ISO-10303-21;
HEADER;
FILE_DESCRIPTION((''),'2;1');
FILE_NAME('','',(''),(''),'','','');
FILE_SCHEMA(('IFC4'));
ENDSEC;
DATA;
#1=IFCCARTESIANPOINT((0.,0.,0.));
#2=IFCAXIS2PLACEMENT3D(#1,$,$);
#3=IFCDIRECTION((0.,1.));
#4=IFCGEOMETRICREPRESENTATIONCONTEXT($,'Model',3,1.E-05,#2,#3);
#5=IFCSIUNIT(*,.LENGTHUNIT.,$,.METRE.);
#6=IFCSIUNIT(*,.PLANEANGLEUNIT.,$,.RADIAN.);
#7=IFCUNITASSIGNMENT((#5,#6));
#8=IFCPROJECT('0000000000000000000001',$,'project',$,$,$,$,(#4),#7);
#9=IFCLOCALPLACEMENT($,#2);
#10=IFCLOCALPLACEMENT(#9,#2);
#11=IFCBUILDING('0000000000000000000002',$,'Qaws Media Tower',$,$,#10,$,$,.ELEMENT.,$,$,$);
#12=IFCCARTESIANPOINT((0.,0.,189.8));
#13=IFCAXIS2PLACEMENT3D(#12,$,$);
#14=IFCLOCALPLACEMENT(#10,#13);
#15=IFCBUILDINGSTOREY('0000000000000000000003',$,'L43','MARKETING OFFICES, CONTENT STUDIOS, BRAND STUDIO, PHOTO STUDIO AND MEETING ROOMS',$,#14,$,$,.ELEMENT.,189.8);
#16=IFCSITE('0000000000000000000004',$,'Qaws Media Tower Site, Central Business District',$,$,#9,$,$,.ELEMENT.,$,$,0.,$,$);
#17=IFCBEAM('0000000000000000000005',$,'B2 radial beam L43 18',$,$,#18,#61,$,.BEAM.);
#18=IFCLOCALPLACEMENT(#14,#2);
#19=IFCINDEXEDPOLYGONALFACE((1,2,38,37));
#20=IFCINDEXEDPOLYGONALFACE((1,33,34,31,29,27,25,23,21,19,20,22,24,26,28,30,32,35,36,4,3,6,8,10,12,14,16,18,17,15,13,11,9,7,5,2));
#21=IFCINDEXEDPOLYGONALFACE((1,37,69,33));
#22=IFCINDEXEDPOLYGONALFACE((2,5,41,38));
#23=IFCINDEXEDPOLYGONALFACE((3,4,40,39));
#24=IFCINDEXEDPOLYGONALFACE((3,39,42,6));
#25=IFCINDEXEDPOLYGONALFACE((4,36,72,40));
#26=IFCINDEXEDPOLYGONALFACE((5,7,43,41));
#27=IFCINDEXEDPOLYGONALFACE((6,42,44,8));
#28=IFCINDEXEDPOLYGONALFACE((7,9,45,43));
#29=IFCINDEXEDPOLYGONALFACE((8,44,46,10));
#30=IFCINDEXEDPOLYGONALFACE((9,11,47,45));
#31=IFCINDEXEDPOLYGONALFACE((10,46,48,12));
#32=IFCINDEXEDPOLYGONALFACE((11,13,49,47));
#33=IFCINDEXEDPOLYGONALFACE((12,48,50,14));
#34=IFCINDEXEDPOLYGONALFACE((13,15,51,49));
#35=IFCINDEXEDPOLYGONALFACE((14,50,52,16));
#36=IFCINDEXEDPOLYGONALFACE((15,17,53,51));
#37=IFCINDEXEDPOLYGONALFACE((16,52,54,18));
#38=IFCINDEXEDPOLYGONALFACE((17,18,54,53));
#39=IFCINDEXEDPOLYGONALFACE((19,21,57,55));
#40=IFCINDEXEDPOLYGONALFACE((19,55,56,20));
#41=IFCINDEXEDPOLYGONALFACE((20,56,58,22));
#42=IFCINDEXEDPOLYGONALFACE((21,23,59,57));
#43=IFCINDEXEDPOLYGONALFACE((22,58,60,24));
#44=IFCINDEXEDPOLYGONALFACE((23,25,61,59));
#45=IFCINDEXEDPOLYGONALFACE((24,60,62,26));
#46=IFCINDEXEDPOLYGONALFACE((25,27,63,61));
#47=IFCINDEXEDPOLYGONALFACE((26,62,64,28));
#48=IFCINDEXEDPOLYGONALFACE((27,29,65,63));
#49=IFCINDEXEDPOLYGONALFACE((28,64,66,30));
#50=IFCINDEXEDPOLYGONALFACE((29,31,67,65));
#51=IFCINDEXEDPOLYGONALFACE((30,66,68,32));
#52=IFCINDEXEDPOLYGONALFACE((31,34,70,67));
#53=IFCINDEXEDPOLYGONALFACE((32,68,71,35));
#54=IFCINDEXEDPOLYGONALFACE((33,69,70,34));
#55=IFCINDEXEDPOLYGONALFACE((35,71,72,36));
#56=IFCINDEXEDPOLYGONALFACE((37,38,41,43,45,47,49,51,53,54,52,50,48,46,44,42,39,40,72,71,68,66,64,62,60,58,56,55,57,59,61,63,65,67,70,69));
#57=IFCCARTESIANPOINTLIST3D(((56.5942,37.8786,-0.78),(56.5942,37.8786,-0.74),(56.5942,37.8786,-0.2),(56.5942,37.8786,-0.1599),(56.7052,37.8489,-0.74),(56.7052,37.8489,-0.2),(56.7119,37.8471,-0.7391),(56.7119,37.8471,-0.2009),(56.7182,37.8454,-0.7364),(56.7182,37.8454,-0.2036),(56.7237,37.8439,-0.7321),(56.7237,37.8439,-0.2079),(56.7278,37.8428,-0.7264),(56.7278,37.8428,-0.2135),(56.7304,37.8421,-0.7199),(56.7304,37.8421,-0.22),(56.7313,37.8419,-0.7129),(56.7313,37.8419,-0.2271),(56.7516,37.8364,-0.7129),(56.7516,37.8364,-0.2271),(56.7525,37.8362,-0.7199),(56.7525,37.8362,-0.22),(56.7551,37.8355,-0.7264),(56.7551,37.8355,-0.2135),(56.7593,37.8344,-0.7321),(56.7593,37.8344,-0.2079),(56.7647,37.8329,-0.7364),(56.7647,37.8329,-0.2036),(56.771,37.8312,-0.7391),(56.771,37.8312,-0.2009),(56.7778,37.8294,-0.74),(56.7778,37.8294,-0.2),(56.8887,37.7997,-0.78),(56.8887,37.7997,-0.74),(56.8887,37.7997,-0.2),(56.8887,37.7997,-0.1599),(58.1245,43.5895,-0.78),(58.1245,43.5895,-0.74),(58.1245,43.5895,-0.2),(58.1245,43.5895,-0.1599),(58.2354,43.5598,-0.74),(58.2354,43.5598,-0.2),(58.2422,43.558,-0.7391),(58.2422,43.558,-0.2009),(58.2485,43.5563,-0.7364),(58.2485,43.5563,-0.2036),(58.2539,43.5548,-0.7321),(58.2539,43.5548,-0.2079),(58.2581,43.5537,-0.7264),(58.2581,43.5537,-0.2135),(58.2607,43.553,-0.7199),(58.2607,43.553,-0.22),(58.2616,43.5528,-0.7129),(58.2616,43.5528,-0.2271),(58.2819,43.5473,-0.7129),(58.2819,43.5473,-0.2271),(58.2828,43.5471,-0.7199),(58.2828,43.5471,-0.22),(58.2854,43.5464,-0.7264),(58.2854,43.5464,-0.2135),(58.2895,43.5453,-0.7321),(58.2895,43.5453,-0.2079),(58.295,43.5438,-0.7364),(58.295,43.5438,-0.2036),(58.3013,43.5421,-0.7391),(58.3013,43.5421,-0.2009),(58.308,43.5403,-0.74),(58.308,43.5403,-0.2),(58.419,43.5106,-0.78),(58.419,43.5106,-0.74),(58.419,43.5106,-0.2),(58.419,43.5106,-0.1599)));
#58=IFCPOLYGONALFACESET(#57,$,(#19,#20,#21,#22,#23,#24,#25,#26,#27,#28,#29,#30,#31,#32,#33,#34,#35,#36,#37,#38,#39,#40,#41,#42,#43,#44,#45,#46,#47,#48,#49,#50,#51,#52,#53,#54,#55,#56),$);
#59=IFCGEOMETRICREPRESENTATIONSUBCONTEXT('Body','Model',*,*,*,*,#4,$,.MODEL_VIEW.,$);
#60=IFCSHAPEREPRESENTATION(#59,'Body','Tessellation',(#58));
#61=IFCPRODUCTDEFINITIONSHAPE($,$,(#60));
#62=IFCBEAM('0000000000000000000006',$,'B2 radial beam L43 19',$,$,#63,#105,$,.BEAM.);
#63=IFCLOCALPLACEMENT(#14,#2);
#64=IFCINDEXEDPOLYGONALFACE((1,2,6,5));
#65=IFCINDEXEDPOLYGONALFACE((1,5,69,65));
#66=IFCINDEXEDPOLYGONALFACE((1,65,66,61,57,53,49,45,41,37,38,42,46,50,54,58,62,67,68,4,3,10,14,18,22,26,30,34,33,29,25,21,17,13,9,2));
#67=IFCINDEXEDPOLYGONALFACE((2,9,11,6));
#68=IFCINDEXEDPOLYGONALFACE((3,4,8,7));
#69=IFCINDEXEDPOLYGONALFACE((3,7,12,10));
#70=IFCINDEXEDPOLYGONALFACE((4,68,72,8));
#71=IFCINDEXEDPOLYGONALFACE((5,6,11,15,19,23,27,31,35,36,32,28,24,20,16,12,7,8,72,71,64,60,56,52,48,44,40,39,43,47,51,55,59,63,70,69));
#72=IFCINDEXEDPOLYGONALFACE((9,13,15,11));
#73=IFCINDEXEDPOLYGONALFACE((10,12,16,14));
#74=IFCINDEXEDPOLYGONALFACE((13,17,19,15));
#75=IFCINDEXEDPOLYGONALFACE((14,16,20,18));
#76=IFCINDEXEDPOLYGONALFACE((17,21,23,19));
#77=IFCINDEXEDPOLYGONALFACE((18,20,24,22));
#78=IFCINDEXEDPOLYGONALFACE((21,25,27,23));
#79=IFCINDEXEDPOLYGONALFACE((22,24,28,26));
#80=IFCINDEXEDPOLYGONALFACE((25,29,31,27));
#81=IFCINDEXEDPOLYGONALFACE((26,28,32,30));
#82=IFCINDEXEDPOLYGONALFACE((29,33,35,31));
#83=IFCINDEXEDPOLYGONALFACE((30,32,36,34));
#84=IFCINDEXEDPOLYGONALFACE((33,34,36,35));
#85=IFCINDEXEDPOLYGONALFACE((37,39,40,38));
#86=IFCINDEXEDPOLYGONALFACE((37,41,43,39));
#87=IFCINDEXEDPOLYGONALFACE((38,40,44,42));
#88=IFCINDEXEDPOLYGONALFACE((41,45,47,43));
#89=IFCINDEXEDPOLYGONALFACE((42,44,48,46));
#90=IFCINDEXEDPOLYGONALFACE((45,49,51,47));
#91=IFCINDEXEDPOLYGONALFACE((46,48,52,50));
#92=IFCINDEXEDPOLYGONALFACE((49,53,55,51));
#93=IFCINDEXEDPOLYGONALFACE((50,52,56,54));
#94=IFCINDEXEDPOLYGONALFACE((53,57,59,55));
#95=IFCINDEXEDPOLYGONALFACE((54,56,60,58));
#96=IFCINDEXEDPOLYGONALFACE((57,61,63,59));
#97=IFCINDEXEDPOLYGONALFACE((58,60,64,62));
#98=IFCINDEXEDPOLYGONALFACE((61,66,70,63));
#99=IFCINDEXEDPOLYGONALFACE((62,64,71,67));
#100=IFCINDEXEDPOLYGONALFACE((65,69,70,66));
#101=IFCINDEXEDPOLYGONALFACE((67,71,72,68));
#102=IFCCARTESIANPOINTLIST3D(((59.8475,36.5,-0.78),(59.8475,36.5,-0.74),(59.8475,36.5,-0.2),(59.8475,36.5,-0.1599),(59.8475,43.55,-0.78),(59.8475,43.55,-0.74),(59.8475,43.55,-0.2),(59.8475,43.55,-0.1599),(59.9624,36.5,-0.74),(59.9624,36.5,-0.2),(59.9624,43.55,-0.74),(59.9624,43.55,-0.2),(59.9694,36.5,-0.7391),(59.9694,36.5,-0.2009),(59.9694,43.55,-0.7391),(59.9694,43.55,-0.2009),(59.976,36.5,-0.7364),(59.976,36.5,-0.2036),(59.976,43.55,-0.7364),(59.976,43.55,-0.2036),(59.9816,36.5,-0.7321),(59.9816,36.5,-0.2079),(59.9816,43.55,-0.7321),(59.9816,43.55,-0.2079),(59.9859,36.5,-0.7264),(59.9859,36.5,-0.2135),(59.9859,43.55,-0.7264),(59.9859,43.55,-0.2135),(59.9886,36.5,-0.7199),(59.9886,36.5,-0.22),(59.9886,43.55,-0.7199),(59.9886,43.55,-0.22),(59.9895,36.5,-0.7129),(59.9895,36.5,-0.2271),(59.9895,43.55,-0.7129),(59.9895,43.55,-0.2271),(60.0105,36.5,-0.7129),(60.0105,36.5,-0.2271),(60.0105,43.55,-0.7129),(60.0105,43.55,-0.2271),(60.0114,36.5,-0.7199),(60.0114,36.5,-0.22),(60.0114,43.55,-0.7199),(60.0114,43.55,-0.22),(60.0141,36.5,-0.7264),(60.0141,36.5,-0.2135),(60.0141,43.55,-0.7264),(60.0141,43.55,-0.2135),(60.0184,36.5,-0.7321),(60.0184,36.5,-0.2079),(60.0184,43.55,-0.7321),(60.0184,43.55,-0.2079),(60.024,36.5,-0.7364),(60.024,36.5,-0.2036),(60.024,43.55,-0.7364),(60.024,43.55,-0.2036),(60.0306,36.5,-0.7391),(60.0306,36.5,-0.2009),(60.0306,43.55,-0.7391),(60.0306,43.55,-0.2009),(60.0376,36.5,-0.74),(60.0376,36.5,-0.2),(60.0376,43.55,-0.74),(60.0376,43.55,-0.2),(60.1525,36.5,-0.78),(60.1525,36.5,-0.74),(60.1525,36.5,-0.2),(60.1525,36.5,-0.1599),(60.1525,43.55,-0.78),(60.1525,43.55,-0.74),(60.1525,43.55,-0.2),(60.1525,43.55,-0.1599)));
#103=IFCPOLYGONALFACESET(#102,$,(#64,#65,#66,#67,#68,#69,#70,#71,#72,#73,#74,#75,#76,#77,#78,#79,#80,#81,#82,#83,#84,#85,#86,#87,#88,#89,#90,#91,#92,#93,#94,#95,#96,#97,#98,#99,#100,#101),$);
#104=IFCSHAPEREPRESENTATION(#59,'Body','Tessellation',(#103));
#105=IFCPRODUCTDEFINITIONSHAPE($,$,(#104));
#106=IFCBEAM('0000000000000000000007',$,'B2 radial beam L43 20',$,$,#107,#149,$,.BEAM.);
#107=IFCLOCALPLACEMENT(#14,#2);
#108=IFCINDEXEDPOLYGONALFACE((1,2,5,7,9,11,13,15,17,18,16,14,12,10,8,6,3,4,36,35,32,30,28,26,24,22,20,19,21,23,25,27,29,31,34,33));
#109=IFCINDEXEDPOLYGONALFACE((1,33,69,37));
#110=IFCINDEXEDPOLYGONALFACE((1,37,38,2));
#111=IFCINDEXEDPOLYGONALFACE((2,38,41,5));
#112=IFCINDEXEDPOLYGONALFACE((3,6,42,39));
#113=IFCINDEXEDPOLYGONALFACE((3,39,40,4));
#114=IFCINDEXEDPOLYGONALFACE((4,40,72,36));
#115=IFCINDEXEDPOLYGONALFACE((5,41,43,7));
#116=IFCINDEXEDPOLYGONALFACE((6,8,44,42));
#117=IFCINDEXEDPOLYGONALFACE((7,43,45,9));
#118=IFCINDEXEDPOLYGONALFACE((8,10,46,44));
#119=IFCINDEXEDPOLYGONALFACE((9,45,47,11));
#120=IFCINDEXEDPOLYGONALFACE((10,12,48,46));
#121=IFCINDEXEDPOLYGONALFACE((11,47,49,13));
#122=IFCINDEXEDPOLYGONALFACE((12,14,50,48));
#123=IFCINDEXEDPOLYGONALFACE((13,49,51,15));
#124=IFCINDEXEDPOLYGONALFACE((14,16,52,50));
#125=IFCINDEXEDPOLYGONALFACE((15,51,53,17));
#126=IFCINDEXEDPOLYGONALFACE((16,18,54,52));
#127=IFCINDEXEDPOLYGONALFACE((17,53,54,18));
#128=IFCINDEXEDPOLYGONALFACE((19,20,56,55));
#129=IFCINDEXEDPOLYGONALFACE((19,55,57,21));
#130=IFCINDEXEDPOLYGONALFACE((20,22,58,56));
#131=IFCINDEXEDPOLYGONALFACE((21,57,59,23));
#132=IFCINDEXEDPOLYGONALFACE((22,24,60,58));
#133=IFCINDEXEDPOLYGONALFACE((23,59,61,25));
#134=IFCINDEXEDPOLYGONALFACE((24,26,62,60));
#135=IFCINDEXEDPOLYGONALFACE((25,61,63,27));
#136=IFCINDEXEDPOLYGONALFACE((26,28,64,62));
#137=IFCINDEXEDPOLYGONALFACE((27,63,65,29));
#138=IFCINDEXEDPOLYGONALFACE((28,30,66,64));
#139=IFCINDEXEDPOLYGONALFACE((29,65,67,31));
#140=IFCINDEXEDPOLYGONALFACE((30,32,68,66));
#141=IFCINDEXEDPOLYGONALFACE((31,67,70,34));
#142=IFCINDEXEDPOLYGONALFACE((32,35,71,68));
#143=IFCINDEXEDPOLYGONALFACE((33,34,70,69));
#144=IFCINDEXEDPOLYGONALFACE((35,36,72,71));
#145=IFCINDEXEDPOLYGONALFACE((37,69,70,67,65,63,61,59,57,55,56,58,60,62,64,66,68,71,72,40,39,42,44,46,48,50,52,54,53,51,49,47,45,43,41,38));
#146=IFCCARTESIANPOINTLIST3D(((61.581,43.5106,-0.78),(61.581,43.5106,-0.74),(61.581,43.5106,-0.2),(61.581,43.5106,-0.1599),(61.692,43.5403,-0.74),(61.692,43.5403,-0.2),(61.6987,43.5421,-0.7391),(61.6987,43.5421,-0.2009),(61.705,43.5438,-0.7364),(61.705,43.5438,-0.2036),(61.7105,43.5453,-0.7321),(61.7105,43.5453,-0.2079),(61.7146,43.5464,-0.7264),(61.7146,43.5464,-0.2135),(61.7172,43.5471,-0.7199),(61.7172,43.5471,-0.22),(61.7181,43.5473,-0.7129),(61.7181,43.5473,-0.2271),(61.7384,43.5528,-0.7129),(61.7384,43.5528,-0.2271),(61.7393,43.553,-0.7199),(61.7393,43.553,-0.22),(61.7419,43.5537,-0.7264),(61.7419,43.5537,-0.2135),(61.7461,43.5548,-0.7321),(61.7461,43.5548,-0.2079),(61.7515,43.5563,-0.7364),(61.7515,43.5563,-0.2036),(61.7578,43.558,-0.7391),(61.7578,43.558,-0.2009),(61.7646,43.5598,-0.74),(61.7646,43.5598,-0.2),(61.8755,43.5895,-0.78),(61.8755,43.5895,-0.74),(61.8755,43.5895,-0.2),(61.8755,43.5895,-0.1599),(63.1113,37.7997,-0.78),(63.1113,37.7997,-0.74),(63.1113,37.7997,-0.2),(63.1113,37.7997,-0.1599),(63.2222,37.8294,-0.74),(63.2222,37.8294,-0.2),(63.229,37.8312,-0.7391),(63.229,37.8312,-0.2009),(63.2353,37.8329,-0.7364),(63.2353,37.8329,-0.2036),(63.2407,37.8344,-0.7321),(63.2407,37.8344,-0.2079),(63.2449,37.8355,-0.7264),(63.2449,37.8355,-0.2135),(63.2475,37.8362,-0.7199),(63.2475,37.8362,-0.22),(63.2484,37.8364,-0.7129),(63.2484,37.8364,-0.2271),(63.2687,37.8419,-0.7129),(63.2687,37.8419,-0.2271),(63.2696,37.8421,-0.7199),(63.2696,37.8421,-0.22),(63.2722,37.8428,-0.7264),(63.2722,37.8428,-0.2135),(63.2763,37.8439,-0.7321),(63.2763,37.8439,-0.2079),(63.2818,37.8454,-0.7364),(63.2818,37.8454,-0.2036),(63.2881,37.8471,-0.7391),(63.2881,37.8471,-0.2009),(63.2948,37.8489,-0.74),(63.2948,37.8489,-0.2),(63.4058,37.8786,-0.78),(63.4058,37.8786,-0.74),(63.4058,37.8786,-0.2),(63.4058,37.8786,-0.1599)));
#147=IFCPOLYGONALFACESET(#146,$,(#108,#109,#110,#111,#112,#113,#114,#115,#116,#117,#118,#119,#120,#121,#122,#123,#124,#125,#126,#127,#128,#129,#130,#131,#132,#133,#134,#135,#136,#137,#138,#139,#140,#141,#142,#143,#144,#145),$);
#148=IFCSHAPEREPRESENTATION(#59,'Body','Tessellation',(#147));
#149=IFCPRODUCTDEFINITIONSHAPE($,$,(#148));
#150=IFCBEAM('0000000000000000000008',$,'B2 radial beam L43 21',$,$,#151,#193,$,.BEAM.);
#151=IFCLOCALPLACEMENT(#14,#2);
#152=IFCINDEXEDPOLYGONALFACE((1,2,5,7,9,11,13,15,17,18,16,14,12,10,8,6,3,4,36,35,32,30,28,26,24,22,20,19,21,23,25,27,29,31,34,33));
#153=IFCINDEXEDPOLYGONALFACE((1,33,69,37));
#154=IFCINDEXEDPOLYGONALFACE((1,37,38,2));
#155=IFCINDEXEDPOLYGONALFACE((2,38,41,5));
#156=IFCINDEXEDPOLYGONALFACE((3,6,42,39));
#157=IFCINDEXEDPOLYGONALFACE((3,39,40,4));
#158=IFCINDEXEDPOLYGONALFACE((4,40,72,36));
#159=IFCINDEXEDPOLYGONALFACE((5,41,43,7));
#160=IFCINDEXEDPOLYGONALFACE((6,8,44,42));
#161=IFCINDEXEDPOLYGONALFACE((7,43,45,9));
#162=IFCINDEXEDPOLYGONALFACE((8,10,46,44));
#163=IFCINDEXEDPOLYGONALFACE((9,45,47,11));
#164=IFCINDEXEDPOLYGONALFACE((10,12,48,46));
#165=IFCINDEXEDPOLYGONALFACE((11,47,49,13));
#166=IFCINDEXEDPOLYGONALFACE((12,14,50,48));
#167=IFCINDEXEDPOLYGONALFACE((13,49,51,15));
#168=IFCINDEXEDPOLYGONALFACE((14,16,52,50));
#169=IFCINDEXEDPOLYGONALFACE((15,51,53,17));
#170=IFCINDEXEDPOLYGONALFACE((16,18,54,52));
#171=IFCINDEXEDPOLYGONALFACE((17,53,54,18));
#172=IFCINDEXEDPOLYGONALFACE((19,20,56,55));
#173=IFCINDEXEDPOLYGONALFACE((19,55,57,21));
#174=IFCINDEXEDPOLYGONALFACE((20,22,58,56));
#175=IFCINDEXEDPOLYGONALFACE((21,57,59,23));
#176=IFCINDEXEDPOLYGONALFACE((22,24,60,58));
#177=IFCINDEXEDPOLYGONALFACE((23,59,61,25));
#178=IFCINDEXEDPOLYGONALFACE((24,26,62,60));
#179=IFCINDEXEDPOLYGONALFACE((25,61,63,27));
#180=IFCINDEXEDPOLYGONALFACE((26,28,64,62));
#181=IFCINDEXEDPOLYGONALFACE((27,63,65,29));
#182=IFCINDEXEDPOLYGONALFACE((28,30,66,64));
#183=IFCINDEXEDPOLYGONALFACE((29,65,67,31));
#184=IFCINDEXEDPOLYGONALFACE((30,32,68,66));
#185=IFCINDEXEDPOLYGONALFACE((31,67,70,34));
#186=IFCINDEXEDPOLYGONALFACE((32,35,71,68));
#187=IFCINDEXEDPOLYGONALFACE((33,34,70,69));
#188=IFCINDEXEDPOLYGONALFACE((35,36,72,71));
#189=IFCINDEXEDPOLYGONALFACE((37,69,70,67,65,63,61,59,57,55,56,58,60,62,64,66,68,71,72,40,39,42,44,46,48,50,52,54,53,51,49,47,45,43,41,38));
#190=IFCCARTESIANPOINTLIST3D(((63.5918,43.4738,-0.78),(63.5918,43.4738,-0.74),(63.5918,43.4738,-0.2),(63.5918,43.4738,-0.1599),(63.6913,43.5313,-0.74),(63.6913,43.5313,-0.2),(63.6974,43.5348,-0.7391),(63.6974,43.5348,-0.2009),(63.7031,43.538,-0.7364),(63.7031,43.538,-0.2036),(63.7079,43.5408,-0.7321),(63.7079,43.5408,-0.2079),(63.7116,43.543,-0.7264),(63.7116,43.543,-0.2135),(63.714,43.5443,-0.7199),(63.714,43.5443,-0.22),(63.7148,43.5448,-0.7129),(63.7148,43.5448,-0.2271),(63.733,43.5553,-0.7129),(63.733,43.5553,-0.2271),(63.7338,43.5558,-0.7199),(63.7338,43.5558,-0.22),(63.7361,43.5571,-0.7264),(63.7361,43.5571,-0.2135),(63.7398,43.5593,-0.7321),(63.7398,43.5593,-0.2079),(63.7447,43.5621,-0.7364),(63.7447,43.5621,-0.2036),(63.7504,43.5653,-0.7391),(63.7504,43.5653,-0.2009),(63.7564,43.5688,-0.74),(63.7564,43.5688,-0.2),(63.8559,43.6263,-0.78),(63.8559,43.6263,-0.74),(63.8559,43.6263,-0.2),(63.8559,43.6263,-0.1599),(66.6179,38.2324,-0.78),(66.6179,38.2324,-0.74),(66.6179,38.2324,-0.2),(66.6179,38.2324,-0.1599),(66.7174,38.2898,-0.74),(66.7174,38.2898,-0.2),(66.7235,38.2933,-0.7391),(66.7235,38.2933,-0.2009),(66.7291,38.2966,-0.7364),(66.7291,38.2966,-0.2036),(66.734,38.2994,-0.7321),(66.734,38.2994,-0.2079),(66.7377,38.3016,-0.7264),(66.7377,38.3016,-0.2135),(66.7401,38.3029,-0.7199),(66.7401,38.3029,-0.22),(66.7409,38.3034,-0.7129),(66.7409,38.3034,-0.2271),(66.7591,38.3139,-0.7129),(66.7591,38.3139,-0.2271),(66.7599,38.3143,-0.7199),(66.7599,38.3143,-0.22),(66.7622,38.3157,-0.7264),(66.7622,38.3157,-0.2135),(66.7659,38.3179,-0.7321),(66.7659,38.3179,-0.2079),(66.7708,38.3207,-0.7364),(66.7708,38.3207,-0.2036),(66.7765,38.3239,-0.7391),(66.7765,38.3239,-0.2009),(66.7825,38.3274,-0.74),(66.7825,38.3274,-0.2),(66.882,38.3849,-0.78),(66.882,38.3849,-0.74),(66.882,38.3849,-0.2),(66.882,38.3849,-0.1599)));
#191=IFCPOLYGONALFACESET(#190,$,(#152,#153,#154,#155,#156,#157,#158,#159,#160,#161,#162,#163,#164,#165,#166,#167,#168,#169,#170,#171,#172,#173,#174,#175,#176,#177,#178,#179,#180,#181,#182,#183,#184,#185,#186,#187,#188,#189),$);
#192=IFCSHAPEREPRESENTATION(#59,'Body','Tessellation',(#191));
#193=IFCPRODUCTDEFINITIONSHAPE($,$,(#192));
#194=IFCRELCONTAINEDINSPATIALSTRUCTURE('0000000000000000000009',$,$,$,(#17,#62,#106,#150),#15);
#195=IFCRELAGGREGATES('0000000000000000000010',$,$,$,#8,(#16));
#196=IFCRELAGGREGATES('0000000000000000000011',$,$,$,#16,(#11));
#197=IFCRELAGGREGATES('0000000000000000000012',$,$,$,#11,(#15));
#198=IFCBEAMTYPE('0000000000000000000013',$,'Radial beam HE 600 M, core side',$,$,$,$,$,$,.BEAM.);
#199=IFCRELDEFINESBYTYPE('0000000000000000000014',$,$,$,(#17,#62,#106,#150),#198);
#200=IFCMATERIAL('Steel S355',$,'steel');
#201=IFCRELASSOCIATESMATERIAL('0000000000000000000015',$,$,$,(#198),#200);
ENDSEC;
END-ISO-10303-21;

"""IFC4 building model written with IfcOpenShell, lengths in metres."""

from ifc_helpers import new_model, si_unit, direction, frame, origin, origin_2d, place, context, subcontext, project, spatial, i_section, extrude, material, material_profile, profile_set, type_object, element, save


model = new_model("IFC4")

# Units and contexts
model_context = context("Model", 3, precision=1e-05, world=origin(), true_north=direction((0.0, 1.0)))
body_context = subcontext(model_context, "Body", "Model", "MODEL_VIEW")
ifc_project = project(units=[si_unit("LENGTHUNIT", "METRE"), si_unit("PLANEANGLEUNIT", "RADIAN")], contexts=[model_context])

# Site, building, storey
site_placement = place(None, origin())
site = spatial("IfcSite", under=ifc_project, at=site_placement, Name="Qaws Media Tower Site, Central Business District", CompositionType="ELEMENT", RefElevation=0.0)
building_placement = place(site_placement, origin())
building = spatial("IfcBuilding", under=site, at=building_placement, Name="Qaws Media Tower", CompositionType="ELEMENT")
storey_placement = place(building_placement, frame((0.0, 0.0, 189.8)))
storey = spatial("IfcBuildingStorey", under=building, at=storey_placement, Name="L43", Description="MARKETING OFFICES, CONTENT STUDIOS, BRAND STUDIO, PHOTO STUDIO AND MEETING ROOMS", CompositionType="ELEMENT", Elevation=189.8)

# Beams
ifc_material_1 = material(Name="Steel S355", Category="steel")
ifc_material_profile_1 = material_profile(ifc_material_1, i_section(OverallWidth=0.3049, OverallDepth=0.6201, WebThickness=0.021, FlangeThickness=0.04, FilletRadius=0.0271, at=origin_2d()), Name="HE 600 M")
ifc_profile_set_1 = profile_set([ifc_material_profile_1], Name="Steel S355")
beam_type_1 = type_object("IfcBeamType", Name="Radial beam HE 600 M, core side", PredefinedType="BEAM", material=ifc_profile_set_1)
beam_1_placement = place(storey_placement, frame((58.2717, 43.55, -0.47), z_axis=(-0.258824, -0.965924, 0.0), x_axis=(0.965924, -0.258824, 0.0)))
element("IfcBeam", 1, at=beam_1_placement, inside=storey, type_object=beam_type_1, Name="B2 radial beam L43 18", PredefinedType="BEAM", context=body_context, shape_type="SweptSolid", body=[
    extrude(i_section(OverallWidth=0.3049, OverallDepth=0.6201, WebThickness=0.021, FlangeThickness=0.04, FilletRadius=0.0271, at=origin_2d()), origin(), (0.0, 0.0, 1.0), 5.9124),
])
beam_2_placement = place(storey_placement, frame((60.0, 43.55, -0.47), z_axis=(0.0, -1.0, 0.0), x_axis=(1.0, 0.0, 0.0)))
element("IfcBeam", 2, at=beam_2_placement, inside=storey, type_object=beam_type_1, Name="B2 radial beam L43 19", PredefinedType="BEAM", context=body_context, shape_type="SweptSolid", body=[
    extrude(i_section(OverallWidth=0.3049, OverallDepth=0.6201, WebThickness=0.021, FlangeThickness=0.04, FilletRadius=0.0271, at=origin_2d()), origin(), (0.0, 0.0, 1.0), 7.05),
])
beam_3_placement = place(storey_placement, frame((61.7283, 43.55, -0.47), z_axis=(0.258824, -0.965924, 0.0), x_axis=(0.965924, 0.258824, 0.0)))
element("IfcBeam", 3, at=beam_3_placement, inside=storey, type_object=beam_type_1, Name="B2 radial beam L43 20", PredefinedType="BEAM", context=body_context, shape_type="SweptSolid", body=[
    extrude(i_section(OverallWidth=0.3049, OverallDepth=0.6201, WebThickness=0.021, FlangeThickness=0.04, FilletRadius=0.0271, at=origin_2d()), origin(), (0.0, 0.0, 1.0), 5.9124),
])
beam_4_placement = place(storey_placement, frame((63.7239, 43.55, -0.47), z_axis=(0.499996, -0.866028, 0.0), x_axis=(0.866028, 0.499996, 0.0)))
element("IfcBeam", 4, at=beam_4_placement, inside=storey, type_object=beam_type_1, Name="B2 radial beam L43 21", PredefinedType="BEAM", context=body_context, shape_type="SweptSolid", body=[
    extrude(i_section(OverallWidth=0.3049, OverallDepth=0.6201, WebThickness=0.021, FlangeThickness=0.04, FilletRadius=0.0271, at=origin_2d()), origin(), (0.0, 0.0, 1.0), 6.0522),
])

save(model, "model.ifc")
